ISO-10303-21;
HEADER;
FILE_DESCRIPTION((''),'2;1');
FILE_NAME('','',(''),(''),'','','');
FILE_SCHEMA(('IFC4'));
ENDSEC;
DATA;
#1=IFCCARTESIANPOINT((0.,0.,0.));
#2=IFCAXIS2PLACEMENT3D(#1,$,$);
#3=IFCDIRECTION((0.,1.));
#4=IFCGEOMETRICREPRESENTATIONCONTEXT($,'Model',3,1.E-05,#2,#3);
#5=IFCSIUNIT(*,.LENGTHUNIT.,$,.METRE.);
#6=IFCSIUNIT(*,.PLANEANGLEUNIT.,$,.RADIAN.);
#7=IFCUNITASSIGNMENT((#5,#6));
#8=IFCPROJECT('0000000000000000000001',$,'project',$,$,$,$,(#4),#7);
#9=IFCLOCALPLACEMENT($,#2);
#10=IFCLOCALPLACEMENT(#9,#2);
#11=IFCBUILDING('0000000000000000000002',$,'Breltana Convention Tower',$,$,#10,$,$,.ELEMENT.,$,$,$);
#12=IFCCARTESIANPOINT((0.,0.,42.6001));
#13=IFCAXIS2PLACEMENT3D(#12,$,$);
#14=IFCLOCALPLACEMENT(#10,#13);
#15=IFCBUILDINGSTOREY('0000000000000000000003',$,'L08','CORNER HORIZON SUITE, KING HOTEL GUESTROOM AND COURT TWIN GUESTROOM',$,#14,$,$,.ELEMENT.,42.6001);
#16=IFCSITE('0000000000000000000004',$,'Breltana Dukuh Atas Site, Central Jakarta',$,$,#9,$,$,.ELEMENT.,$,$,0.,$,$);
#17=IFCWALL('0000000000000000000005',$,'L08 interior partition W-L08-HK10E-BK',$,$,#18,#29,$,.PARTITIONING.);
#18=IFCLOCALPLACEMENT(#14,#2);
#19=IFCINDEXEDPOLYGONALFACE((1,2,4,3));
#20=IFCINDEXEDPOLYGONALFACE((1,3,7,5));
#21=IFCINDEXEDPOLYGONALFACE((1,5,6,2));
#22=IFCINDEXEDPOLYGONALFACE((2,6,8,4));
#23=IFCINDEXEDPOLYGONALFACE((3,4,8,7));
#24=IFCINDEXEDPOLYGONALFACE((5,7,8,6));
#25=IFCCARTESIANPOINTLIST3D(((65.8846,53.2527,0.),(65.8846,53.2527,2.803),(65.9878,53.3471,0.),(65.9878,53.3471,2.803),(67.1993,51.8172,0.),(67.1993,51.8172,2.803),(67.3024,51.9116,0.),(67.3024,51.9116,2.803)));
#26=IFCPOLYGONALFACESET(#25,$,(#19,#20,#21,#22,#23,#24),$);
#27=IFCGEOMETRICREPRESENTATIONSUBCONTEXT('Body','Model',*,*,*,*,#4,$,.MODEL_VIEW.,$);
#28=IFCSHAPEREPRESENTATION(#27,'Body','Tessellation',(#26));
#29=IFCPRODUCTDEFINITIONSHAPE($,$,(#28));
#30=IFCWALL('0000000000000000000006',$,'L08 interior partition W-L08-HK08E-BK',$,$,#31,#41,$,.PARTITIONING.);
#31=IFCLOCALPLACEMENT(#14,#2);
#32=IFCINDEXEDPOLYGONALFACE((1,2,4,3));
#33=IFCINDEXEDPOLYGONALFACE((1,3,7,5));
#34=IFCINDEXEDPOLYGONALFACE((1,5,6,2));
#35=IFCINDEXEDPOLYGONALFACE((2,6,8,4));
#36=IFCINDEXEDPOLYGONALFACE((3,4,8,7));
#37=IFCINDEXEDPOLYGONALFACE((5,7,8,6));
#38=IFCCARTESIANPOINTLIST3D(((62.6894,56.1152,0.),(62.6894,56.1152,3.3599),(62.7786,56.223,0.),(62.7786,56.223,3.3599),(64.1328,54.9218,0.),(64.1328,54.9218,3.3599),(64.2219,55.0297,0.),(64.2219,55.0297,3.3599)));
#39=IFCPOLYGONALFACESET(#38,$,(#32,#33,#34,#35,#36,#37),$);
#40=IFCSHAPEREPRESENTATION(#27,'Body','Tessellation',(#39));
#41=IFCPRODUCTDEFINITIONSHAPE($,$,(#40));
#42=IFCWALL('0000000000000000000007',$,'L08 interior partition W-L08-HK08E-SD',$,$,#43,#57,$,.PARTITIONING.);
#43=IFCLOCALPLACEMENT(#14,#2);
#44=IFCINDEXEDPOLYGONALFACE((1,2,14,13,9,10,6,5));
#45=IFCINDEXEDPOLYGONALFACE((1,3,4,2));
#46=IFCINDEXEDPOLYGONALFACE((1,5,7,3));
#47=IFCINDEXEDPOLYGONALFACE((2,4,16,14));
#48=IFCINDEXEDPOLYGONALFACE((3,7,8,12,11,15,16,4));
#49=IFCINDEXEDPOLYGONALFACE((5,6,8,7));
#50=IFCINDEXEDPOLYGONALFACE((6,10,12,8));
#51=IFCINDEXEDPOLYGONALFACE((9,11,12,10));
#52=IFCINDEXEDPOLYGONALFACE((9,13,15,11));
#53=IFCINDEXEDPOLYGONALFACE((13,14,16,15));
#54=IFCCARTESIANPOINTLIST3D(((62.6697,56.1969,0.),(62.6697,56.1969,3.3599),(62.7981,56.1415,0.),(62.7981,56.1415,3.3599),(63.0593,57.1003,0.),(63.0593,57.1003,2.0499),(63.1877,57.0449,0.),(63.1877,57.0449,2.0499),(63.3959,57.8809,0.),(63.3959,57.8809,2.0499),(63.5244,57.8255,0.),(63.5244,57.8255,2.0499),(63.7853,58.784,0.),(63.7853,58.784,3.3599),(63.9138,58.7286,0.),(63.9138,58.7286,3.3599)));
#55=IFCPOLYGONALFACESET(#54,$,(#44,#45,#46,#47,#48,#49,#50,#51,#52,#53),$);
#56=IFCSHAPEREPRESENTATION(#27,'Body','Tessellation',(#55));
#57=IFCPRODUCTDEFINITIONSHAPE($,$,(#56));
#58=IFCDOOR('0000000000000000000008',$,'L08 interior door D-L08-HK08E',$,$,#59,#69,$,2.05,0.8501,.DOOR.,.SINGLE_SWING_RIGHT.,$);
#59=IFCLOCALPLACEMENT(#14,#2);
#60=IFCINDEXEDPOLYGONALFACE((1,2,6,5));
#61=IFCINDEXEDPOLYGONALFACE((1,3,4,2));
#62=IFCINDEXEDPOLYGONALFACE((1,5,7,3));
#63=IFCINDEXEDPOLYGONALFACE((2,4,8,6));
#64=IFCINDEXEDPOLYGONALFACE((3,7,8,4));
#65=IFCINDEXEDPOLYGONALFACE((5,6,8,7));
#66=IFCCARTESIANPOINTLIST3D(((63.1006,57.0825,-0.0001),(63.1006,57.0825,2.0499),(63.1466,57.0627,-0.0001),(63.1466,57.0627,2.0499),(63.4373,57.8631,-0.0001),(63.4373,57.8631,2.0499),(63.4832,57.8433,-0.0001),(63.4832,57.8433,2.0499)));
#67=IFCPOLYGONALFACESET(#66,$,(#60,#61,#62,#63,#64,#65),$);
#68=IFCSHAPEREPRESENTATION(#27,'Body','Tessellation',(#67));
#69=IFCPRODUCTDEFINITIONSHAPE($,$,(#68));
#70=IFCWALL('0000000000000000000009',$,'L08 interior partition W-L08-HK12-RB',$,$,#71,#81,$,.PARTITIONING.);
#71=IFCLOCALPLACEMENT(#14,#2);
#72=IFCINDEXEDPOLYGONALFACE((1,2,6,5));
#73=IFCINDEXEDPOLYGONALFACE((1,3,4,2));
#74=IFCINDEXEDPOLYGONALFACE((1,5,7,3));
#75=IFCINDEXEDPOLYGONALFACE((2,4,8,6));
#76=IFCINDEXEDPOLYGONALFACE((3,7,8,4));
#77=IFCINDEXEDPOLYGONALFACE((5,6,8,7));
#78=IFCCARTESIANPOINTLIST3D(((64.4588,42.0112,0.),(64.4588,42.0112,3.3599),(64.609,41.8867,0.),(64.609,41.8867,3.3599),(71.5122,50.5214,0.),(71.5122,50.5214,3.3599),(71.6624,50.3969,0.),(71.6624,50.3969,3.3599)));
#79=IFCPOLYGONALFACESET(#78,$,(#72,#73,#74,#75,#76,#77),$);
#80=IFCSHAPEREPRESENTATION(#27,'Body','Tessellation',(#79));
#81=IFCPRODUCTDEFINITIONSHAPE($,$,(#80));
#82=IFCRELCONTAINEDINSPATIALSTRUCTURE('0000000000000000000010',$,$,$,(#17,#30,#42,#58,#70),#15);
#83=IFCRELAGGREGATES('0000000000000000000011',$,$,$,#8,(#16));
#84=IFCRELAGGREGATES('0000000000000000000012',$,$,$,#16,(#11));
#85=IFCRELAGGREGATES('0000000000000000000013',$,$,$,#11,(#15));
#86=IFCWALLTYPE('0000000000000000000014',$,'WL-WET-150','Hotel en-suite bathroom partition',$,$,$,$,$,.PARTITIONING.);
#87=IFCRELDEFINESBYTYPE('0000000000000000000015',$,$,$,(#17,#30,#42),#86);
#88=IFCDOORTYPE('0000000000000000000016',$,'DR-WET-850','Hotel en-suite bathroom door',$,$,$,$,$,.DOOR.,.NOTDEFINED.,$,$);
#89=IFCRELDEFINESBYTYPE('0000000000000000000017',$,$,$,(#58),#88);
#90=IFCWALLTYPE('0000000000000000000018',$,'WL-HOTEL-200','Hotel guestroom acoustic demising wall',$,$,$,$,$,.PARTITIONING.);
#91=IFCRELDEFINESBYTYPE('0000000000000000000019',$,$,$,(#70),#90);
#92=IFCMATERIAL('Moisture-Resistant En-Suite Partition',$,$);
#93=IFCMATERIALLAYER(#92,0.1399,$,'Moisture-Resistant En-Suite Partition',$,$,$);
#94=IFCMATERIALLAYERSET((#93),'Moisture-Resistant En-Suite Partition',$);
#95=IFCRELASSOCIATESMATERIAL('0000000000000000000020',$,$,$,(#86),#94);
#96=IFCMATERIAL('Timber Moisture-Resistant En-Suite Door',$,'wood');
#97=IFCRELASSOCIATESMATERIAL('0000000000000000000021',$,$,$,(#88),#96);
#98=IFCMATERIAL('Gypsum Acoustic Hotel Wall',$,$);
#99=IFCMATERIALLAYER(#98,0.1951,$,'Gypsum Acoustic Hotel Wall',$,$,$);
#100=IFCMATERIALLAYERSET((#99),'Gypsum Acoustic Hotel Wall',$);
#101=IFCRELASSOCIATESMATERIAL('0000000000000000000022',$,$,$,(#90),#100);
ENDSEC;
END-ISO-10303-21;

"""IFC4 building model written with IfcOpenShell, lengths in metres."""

from ifc_helpers import new_model, si_unit, direction, frame, frame_2d, origin, place, context, subcontext, project, spatial, rectangle, extrude, source, transform, mapped, material, layer, layer_set, type_object, type_shapes, element, fill, save


model = new_model("IFC4")

# Units and contexts
model_context = context("Model", 3, precision=1e-05, world=origin(), true_north=direction((0.0, 1.0)))
body_context = subcontext(model_context, "Body", "Model", "MODEL_VIEW")
ifc_project = project(units=[si_unit("LENGTHUNIT", "METRE"), si_unit("PLANEANGLEUNIT", "RADIAN")], contexts=[model_context])

# Site, building, storey
site_placement = place(None, origin())
site = spatial("IfcSite", under=ifc_project, at=site_placement, Name="Breltana Dukuh Atas Site, Central Jakarta", CompositionType="ELEMENT", RefElevation=0.0)
building_placement = place(site_placement, origin())
building = spatial("IfcBuilding", under=site, at=building_placement, Name="Breltana Convention Tower", CompositionType="ELEMENT")
storey_placement = place(building_placement, frame((0.0, 0.0, 42.6001)))
storey = spatial("IfcBuildingStorey", under=building, at=storey_placement, Name="L08", Description="CORNER HORIZON SUITE, KING HOTEL GUESTROOM AND COURT TWIN GUESTROOM", CompositionType="ELEMENT", Elevation=42.6001)

# Walls
ifc_material_1 = material(Name="Moisture-Resistant En-Suite Partition")
ifc_layer_1 = layer(ifc_material_1, 0.1399, Name="Moisture-Resistant En-Suite Partition")
ifc_layer_set_1 = layer_set([ifc_layer_1], Name="Moisture-Resistant En-Suite Partition")
wall_type_1 = type_object("IfcWallType", Name="WL-WET-150", Description="Hotel en-suite bathroom partition", PredefinedType="PARTITIONING", material=ifc_layer_set_1)
shared_shape_1 = source(origin(), body_context, "Body", "SweptSolid", [
    extrude(rectangle(XDim=1.9465, YDim=0.1399, at=frame_2d((0.9731, 0.0))), origin(), (0.0, 0.0, 1.0), 2.803),
])
wall_1_placement = place(storey_placement, frame((65.9363, 53.2998, 0.0), z_axis=(0.0, 0.0, 1.0), x_axis=(0.675384, -0.737466, 0.0)))
element("IfcWall", 1, at=wall_1_placement, inside=storey, type_object=wall_type_1, Name="L08 interior partition W-L08-HK10E-BK", PredefinedType="PARTITIONING", context=body_context, shape_type="MappedRepresentation", body=[
    mapped(shared_shape_1, transform((0.0, 0.0, 0.0), scale=1.0)),
])
shared_shape_2 = source(origin(), body_context, "Body", "SweptSolid", [
    extrude(rectangle(XDim=1.8728, YDim=0.1399, at=frame_2d((0.9365, 0.0))), origin(), (0.0, 0.0, 1.0), 3.3599),
])
wall_2_placement = place(storey_placement, frame((62.7339, 56.1692, 0.0), z_axis=(0.0, 0.0, 1.0), x_axis=(0.770695, -0.637205, 0.0)))
element("IfcWall", 2, at=wall_2_placement, inside=storey, type_object=wall_type_1, Name="L08 interior partition W-L08-HK08E-BK", PredefinedType="PARTITIONING", context=body_context, shape_type="MappedRepresentation", body=[
    mapped(shared_shape_2, transform((0.0, 0.0, 0.0), scale=1.0)),
])

# Wall, opening, door
shared_shape_3 = source(origin(), body_context, "Body", "SweptSolid", [
    extrude(rectangle(XDim=2.8174, YDim=0.1399, at=frame_2d((1.4087, 0.0))), origin(), (0.0, 0.0, 1.0), 3.3599),
])
wall_3_placement = place(storey_placement, frame((62.7339, 56.1692, 0.0), z_axis=(0.0, 0.0, 1.0), x_axis=(0.395999, 0.918251, 0.0)))
wall_3 = element("IfcWall", 3, at=wall_3_placement, inside=storey, type_object=wall_type_1, Name="L08 interior partition W-L08-HK08E-SD", PredefinedType="PARTITIONING", context=body_context, shape_type="MappedRepresentation", body=[
    mapped(shared_shape_3, transform((0.0, 0.0, 0.0), scale=1.0)),
])
opening_placement = place(wall_3_placement, frame((0.9839, 0.0, 0.0)))
opening = element("IfcOpeningElement", 4, at=opening_placement, cuts=wall_3, PredefinedType="OPENING", context=body_context, shape_type="SweptSolid", body=[
    extrude(rectangle(XDim=0.8501, YDim=2.05, at=frame_2d((0.425, 1.0249))), frame((0.0, 0.0801, 0.0), z_axis=(0.0, -1.0, 0.0), x_axis=(1.0, 0.0, 0.0)), (0.0, 0.0, 1.0), 0.1599),
])
ifc_material_2 = material(Name="Timber Moisture-Resistant En-Suite Door", Category="wood")
door_type = type_object("IfcDoorType", Name="DR-WET-850", Description="Hotel en-suite bathroom door", OperationType="NOTDEFINED", PredefinedType="DOOR", material=ifc_material_2)
shared_shape_4 = source(origin(), body_context, "Body", "SweptSolid", [
    extrude(rectangle(XDim=0.8501, YDim=2.05, at=frame_2d((0.425, 1.0249))), frame((0.0, 0.0249, 0.0), z_axis=(0.0, -1.0, 0.0), x_axis=(1.0, 0.0, 0.0)), (0.0, 0.0, 1.0), 0.05),
])
type_shapes(door_type, [shared_shape_4])
door_placement = place(opening_placement, origin())
door = element("IfcDoor", 5, at=door_placement, inside=storey, type_object=door_type, Name="L08 interior door D-L08-HK08E", OperationType="SINGLE_SWING_RIGHT", OverallHeight=2.05, OverallWidth=0.8501, PredefinedType="DOOR", context=body_context, shape_type="MappedRepresentation", body=[
    mapped(shared_shape_4, transform((0.0, 0.0, 0.0), scale=1.0)),
])
fill(opening, door)

# Wall
ifc_material_3 = material(Name="Gypsum Acoustic Hotel Wall")
ifc_layer_2 = layer(ifc_material_3, 0.1951, Name="Gypsum Acoustic Hotel Wall")
ifc_layer_set_2 = layer_set([ifc_layer_2], Name="Gypsum Acoustic Hotel Wall")
wall_type_2 = type_object("IfcWallType", Name="WL-HOTEL-200", Description="Hotel guestroom acoustic demising wall", PredefinedType="PARTITIONING", material=ifc_layer_set_2)
shared_shape_5 = source(origin(), body_context, "Body", "SweptSolid", [
    extrude(rectangle(XDim=11.0532, YDim=0.1951, at=frame_2d((5.5266, 0.0))), origin(), (0.0, 0.0, 1.0), 3.3599),
])
wall_4_placement = place(storey_placement, frame((64.5339, 41.949, 0.0), z_axis=(0.0, 0.0, 1.0), x_axis=(0.638131, 0.769928, 0.0)))
element("IfcWall", 6, at=wall_4_placement, inside=storey, type_object=wall_type_2, Name="L08 interior partition W-L08-HK12-RB", PredefinedType="PARTITIONING", context=body_context, shape_type="MappedRepresentation", body=[
    mapped(shared_shape_5, transform((0.0, 0.0, 0.0), scale=1.0)),
])

save(model, "model.ifc")
